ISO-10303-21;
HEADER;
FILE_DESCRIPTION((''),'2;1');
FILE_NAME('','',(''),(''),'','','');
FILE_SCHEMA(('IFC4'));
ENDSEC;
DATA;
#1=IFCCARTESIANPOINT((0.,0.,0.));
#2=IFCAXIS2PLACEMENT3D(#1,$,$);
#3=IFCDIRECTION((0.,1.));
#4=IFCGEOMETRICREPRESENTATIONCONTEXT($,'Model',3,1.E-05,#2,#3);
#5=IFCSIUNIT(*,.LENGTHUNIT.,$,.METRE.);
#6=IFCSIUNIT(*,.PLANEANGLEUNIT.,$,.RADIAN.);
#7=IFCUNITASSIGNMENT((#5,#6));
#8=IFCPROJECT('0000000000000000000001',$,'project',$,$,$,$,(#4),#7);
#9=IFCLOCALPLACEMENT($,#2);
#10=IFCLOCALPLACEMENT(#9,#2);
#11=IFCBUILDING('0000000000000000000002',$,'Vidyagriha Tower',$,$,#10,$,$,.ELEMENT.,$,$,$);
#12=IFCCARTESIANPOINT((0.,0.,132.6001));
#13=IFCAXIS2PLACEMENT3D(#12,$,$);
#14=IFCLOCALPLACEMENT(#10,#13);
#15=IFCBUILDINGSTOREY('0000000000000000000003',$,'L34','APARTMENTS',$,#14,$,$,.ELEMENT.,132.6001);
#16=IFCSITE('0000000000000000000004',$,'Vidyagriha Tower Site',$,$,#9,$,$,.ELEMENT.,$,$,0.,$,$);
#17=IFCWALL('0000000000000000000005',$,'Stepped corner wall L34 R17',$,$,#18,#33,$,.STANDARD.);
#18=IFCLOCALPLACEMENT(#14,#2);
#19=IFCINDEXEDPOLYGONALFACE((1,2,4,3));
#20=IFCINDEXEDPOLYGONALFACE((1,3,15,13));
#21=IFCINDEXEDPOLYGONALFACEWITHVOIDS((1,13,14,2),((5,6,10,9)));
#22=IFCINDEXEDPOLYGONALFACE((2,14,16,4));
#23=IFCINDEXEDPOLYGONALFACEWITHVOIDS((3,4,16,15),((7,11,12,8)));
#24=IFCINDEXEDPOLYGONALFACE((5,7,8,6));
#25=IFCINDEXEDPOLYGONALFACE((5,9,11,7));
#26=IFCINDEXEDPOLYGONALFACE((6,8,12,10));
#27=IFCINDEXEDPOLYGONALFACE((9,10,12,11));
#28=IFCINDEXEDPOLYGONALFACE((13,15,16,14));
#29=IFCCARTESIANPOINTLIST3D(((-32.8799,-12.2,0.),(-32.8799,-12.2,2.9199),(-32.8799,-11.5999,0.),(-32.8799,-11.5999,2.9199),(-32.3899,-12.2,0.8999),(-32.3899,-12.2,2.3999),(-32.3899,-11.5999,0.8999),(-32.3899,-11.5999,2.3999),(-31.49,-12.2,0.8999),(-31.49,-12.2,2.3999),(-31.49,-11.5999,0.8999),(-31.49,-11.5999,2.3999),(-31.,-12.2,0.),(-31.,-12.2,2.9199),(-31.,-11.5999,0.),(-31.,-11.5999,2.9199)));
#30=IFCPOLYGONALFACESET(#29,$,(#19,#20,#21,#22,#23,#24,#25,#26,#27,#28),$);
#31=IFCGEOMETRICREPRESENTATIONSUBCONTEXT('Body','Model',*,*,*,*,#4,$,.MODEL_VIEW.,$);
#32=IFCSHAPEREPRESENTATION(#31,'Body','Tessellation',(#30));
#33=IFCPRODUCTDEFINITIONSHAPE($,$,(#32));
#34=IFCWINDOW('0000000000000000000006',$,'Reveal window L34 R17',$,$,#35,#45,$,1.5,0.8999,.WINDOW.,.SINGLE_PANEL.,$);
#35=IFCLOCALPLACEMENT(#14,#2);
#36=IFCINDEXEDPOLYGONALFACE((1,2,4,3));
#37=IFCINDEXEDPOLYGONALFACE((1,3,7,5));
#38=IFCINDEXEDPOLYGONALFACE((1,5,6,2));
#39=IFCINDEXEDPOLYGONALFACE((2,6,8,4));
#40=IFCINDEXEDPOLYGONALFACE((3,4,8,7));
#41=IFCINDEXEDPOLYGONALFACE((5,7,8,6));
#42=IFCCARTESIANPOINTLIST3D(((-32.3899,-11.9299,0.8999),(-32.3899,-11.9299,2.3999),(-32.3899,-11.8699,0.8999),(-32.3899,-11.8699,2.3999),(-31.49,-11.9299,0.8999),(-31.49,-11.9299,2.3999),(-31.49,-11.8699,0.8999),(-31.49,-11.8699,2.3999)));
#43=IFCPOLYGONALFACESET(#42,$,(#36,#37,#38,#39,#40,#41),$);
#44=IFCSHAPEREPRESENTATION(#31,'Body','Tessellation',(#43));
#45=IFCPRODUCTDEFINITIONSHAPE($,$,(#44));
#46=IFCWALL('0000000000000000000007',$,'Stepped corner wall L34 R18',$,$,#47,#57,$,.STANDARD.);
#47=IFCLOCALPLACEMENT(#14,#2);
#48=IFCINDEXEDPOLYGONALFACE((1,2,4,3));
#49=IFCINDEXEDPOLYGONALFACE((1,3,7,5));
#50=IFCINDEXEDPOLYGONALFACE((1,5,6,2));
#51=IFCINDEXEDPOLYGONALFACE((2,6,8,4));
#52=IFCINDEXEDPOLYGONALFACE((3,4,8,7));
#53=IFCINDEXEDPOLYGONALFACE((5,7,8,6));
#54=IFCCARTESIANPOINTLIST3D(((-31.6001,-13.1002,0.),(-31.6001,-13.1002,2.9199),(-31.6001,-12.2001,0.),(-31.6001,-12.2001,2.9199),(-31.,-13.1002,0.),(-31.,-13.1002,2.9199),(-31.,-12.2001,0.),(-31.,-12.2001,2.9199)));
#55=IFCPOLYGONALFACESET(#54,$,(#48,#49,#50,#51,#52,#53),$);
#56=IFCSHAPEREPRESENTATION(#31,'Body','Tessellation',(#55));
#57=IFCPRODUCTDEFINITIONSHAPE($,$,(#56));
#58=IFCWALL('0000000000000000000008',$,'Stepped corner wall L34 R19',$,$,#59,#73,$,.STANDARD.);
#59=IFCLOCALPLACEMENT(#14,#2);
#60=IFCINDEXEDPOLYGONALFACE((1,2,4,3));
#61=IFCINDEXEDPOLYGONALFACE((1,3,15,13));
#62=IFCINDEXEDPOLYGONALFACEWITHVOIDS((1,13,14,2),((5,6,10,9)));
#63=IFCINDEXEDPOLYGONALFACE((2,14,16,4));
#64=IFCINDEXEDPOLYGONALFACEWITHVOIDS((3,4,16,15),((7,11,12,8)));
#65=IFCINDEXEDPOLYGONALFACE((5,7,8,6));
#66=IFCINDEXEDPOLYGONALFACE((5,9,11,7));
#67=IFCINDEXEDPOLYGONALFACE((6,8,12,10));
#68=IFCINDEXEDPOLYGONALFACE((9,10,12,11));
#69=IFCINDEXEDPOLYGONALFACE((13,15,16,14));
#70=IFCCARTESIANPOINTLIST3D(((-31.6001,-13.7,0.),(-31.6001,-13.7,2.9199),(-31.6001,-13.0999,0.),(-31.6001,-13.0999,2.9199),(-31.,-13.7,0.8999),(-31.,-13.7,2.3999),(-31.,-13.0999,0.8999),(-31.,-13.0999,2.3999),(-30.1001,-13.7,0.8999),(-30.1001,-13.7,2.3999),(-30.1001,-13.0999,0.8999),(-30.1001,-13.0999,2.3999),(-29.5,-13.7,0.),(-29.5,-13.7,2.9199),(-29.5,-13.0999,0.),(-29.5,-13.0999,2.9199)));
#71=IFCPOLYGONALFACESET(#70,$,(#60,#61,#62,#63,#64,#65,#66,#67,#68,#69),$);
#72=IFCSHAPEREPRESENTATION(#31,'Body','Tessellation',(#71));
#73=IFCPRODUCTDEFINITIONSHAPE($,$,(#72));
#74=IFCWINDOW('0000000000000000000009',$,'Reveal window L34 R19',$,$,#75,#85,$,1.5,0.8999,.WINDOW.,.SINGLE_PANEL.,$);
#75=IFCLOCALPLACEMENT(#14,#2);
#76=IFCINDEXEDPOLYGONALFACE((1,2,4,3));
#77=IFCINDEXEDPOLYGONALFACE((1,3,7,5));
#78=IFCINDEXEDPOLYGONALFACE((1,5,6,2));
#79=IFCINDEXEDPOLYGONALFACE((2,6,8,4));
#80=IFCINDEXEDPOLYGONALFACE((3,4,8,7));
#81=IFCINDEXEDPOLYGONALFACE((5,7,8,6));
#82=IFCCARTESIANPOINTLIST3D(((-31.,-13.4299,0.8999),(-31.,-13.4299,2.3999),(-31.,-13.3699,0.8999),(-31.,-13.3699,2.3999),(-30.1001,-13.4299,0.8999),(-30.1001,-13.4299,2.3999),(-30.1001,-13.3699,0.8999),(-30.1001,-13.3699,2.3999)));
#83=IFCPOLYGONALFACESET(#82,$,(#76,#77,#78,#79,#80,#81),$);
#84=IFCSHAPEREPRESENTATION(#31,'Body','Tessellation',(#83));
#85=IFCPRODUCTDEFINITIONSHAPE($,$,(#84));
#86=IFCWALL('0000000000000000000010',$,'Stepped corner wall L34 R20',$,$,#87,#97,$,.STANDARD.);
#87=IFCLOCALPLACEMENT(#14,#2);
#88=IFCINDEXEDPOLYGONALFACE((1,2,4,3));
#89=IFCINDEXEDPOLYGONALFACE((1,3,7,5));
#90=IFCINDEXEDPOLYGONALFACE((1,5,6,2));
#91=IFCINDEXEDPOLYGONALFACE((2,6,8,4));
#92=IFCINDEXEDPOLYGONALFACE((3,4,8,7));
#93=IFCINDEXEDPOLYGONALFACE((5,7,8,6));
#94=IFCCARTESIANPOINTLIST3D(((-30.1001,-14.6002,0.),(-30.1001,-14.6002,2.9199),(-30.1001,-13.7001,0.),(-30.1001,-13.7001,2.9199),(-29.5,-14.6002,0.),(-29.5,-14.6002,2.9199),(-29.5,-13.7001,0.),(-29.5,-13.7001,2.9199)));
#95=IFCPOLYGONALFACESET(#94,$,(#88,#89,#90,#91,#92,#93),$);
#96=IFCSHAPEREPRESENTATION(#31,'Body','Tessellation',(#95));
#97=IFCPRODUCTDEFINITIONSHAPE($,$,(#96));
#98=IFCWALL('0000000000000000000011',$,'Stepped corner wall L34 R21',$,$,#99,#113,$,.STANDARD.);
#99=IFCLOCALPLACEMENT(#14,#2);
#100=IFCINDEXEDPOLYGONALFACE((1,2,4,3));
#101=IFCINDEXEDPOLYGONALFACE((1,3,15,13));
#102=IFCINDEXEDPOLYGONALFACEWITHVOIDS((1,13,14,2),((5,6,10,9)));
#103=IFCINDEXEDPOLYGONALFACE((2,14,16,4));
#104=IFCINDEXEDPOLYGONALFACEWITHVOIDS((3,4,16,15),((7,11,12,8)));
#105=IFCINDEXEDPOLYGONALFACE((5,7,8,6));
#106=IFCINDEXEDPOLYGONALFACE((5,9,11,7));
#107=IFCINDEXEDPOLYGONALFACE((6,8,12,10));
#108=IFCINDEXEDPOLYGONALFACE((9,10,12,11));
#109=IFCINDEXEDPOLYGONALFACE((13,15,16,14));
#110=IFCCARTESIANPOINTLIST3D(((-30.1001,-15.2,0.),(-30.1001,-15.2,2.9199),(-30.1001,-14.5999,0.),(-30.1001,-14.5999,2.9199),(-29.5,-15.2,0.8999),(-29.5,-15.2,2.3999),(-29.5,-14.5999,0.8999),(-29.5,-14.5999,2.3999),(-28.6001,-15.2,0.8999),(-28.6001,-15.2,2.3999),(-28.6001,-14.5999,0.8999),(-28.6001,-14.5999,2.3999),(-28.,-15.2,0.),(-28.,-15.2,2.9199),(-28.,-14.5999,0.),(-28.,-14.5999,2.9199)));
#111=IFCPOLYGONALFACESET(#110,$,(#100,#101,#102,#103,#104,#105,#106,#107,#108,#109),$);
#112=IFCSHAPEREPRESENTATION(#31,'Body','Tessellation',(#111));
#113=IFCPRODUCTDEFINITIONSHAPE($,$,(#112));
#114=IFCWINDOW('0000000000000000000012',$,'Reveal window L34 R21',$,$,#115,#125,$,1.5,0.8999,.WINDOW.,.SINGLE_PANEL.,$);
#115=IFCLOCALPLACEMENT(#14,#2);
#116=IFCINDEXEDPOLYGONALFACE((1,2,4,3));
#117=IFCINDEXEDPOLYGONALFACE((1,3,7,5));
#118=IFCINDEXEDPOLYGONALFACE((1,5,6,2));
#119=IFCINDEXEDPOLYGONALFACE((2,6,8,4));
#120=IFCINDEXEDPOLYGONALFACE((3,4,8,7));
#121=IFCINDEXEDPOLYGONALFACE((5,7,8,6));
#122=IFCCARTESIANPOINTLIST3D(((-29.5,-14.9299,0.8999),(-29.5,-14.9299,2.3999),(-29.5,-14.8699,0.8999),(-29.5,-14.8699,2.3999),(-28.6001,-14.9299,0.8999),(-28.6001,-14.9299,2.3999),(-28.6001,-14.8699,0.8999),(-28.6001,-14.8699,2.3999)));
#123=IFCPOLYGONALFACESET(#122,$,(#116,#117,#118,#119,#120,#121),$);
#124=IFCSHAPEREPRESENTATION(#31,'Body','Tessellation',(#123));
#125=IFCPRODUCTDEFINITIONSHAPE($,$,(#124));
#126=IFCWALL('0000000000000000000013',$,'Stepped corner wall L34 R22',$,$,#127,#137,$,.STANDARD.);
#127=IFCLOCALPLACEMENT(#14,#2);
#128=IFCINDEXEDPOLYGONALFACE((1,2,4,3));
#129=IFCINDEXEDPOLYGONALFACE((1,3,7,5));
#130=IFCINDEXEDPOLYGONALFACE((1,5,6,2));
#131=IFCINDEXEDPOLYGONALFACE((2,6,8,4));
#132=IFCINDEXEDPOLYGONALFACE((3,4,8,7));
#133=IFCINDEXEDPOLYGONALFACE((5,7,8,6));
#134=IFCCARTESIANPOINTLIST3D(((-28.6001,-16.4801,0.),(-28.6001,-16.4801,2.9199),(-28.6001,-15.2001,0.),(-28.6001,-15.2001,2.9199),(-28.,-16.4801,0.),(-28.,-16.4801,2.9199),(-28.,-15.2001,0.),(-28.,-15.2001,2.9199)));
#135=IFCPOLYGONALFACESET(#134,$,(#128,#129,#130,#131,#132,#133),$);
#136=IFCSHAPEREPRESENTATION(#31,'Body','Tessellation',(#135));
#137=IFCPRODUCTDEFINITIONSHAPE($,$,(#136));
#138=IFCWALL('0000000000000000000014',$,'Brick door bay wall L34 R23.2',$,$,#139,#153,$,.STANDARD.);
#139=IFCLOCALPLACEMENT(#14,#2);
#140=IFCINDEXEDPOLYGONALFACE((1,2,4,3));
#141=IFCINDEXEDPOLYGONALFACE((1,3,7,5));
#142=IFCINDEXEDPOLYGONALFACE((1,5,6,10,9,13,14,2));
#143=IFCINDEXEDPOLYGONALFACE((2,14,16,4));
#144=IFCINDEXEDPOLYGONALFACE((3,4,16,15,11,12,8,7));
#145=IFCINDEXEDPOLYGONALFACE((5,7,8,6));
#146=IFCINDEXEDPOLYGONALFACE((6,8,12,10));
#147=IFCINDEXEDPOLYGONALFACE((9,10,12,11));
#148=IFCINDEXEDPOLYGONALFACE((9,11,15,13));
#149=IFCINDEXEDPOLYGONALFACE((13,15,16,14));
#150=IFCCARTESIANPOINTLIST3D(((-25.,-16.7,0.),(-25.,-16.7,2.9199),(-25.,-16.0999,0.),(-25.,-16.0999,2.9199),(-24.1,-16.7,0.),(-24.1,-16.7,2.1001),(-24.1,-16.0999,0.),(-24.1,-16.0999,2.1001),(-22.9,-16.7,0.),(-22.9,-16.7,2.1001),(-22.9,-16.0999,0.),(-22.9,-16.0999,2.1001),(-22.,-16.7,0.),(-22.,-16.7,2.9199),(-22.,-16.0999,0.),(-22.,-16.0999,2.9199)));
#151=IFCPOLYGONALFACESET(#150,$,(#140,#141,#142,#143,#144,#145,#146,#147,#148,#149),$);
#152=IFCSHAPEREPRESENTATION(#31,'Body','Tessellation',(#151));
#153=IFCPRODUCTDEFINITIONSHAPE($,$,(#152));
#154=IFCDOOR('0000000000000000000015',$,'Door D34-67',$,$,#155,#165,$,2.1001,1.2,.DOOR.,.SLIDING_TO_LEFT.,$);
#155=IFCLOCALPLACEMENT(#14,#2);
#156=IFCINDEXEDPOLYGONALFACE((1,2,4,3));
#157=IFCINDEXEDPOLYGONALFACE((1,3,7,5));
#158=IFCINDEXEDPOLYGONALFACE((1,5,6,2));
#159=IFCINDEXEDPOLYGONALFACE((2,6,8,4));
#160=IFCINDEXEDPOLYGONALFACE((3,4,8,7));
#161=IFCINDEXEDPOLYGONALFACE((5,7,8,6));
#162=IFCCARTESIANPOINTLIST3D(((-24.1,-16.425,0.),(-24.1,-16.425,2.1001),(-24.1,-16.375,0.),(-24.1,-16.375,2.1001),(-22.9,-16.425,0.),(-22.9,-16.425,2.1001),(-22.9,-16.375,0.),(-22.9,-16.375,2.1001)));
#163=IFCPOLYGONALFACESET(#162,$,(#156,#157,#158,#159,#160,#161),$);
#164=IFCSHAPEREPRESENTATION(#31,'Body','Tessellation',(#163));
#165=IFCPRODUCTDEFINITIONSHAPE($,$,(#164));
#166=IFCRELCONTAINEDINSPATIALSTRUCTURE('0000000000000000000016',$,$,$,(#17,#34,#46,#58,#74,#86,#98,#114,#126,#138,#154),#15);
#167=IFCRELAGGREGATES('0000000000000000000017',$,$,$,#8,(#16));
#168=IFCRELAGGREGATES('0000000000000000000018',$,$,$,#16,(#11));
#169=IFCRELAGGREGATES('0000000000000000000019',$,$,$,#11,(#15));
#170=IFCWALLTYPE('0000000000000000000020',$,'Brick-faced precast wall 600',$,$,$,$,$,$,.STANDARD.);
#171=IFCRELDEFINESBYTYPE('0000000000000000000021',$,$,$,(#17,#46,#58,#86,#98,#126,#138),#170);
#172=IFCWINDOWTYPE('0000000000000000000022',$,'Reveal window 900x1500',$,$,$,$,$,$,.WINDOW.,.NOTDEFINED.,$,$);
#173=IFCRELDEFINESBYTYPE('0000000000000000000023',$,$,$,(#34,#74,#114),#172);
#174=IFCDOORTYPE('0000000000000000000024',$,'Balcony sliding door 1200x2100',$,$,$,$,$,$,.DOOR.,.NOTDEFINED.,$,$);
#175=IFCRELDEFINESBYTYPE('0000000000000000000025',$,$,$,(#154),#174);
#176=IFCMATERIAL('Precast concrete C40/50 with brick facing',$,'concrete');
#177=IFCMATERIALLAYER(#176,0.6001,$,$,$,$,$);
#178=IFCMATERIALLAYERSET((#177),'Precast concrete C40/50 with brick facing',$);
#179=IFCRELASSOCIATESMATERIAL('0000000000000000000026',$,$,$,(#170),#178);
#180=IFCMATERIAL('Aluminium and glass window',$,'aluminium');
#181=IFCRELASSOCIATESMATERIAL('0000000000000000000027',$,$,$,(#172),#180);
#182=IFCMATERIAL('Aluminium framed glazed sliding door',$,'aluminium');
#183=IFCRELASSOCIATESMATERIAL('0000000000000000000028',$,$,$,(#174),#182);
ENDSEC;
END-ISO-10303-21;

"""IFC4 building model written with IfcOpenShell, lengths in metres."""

from ifc_helpers import new_model, si_unit, direction, frame, frame_2d, origin, place, context, subcontext, project, spatial, rectangle, extrude, material, layer, layer_set, type_object, element, fill, save


model = new_model("IFC4")

# Units and contexts
model_context = context("Model", 3, precision=1e-05, world=origin(), true_north=direction((0.0, 1.0)))
body_context = subcontext(model_context, "Body", "Model", "MODEL_VIEW")
ifc_project = project(units=[si_unit("LENGTHUNIT", "METRE"), si_unit("PLANEANGLEUNIT", "RADIAN")], contexts=[model_context])

# Site, building, storey
site_placement = place(None, origin())
site = spatial("IfcSite", under=ifc_project, at=site_placement, Name="Vidyagriha Tower Site", CompositionType="ELEMENT", RefElevation=0.0)
building_placement = place(site_placement, origin())
building = spatial("IfcBuilding", under=site, at=building_placement, Name="Vidyagriha Tower", CompositionType="ELEMENT")
storey_placement = place(building_placement, frame((0.0, 0.0, 132.6001)))
storey = spatial("IfcBuildingStorey", under=building, at=storey_placement, Name="L34", Description="APARTMENTS", CompositionType="ELEMENT", Elevation=132.6001)

# Wall, opening, window
ifc_material_1 = material(Name="Precast concrete C40/50 with brick facing", Category="concrete")
ifc_layer_1 = layer(ifc_material_1, 0.6001)
ifc_layer_set_1 = layer_set([ifc_layer_1], Name="Precast concrete C40/50 with brick facing")
wall_type = type_object("IfcWallType", Name="Brick-faced precast wall 600", PredefinedType="STANDARD", material=ifc_layer_set_1)
wall_1_placement = place(storey_placement, frame((-32.8799, -11.8999, 0.0)))
wall_1 = element("IfcWall", 1, at=wall_1_placement, inside=storey, type_object=wall_type, Name="Stepped corner wall L34 R17", PredefinedType="STANDARD", context=body_context, shape_type="SweptSolid", body=[
    extrude(rectangle(XDim=1.8799, YDim=0.6001, at=frame_2d((0.9399, 0.0))), origin(), (0.0, 0.0, 1.0), 2.9199),
])
opening_1_placement = place(wall_1_placement, frame((0.49, 0.0, 0.8999)))
opening_1 = element("IfcOpeningElement", 2, at=opening_1_placement, cuts=wall_1, PredefinedType="OPENING", context=body_context, shape_type="SweptSolid", body=[
    extrude(rectangle(XDim=0.8999, YDim=1.5, at=frame_2d((0.45, 0.75))), frame((0.0, 0.3101, 0.0), z_axis=(0.0, -1.0, 0.0), x_axis=(1.0, 0.0, 0.0)), (0.0, 0.0, 1.0), 0.6201),
])
ifc_material_2 = material(Name="Aluminium and glass window", Category="aluminium")
window_type = type_object("IfcWindowType", Name="Reveal window 900x1500", PartitioningType="NOTDEFINED", PredefinedType="WINDOW", material=ifc_material_2)
window_1_placement = place(opening_1_placement, origin())
window_1 = element("IfcWindow", 3, at=window_1_placement, inside=storey, type_object=window_type, Name="Reveal window L34 R17", OverallHeight=1.5, OverallWidth=0.8999, PartitioningType="SINGLE_PANEL", PredefinedType="WINDOW", context=body_context, shape_type="SweptSolid", body=[
    extrude(rectangle(XDim=0.8999, YDim=1.5, at=frame_2d((0.45, 0.75))), frame((0.0, 0.03, 0.0), z_axis=(0.0, -1.0, 0.0), x_axis=(1.0, 0.0, 0.0)), (0.0, 0.0, 1.0), 0.0601),
])
fill(opening_1, window_1)

# Wall
wall_2_placement = place(storey_placement, frame((-31.3, -12.2, 0.0), z_axis=(0.0, 0.0, 1.0), x_axis=(0.0, -1.0, 0.0)))
element("IfcWall", 4, at=wall_2_placement, inside=storey, type_object=wall_type, Name="Stepped corner wall L34 R18", PredefinedType="STANDARD", context=body_context, shape_type="SweptSolid", body=[
    extrude(rectangle(XDim=0.9001, YDim=0.6001, at=frame_2d((0.4502, 0.0))), origin(), (0.0, 0.0, 1.0), 2.9199),
])

# Wall, opening, window
wall_3_placement = place(storey_placement, frame((-31.6001, -13.3999, 0.0)))
wall_3 = element("IfcWall", 5, at=wall_3_placement, inside=storey, type_object=wall_type, Name="Stepped corner wall L34 R19", PredefinedType="STANDARD", context=body_context, shape_type="SweptSolid", body=[
    extrude(rectangle(XDim=2.1001, YDim=0.6001, at=frame_2d((1.05, 0.0))), origin(), (0.0, 0.0, 1.0), 2.9199),
])
opening_2_placement = place(wall_3_placement, frame((0.6001, 0.0, 0.8999)))
opening_2 = element("IfcOpeningElement", 6, at=opening_2_placement, cuts=wall_3, PredefinedType="OPENING", context=body_context, shape_type="SweptSolid", body=[
    extrude(rectangle(XDim=0.8999, YDim=1.5, at=frame_2d((0.45, 0.75))), frame((0.0, 0.3101, 0.0), z_axis=(0.0, -1.0, 0.0), x_axis=(1.0, 0.0, 0.0)), (0.0, 0.0, 1.0), 0.6201),
])
window_2_placement = place(opening_2_placement, origin())
window_2 = element("IfcWindow", 7, at=window_2_placement, inside=storey, type_object=window_type, Name="Reveal window L34 R19", OverallHeight=1.5, OverallWidth=0.8999, PartitioningType="SINGLE_PANEL", PredefinedType="WINDOW", context=body_context, shape_type="SweptSolid", body=[
    extrude(rectangle(XDim=0.8999, YDim=1.5, at=frame_2d((0.45, 0.75))), frame((0.0, 0.03, 0.0), z_axis=(0.0, -1.0, 0.0), x_axis=(1.0, 0.0, 0.0)), (0.0, 0.0, 1.0), 0.0601),
])
fill(opening_2, window_2)

# Wall
wall_4_placement = place(storey_placement, frame((-29.8, -13.7, 0.0), z_axis=(0.0, 0.0, 1.0), x_axis=(0.0, -1.0, 0.0)))
element("IfcWall", 8, at=wall_4_placement, inside=storey, type_object=wall_type, Name="Stepped corner wall L34 R20", PredefinedType="STANDARD", context=body_context, shape_type="SweptSolid", body=[
    extrude(rectangle(XDim=0.9001, YDim=0.6001, at=frame_2d((0.4502, 0.0))), origin(), (0.0, 0.0, 1.0), 2.9199),
])

# Wall, opening, window
wall_5_placement = place(storey_placement, frame((-30.1001, -14.8999, 0.0)))
wall_5 = element("IfcWall", 9, at=wall_5_placement, inside=storey, type_object=wall_type, Name="Stepped corner wall L34 R21", PredefinedType="STANDARD", context=body_context, shape_type="SweptSolid", body=[
    extrude(rectangle(XDim=2.1001, YDim=0.6001, at=frame_2d((1.05, 0.0))), origin(), (0.0, 0.0, 1.0), 2.9199),
])
opening_3_placement = place(wall_5_placement, frame((0.6001, 0.0, 0.8999)))
opening_3 = element("IfcOpeningElement", 10, at=opening_3_placement, cuts=wall_5, PredefinedType="OPENING", context=body_context, shape_type="SweptSolid", body=[
    extrude(rectangle(XDim=0.8999, YDim=1.5, at=frame_2d((0.45, 0.75))), frame((0.0, 0.3101, 0.0), z_axis=(0.0, -1.0, 0.0), x_axis=(1.0, 0.0, 0.0)), (0.0, 0.0, 1.0), 0.6201),
])
window_3_placement = place(opening_3_placement, origin())
window_3 = element("IfcWindow", 11, at=window_3_placement, inside=storey, type_object=window_type, Name="Reveal window L34 R21", OverallHeight=1.5, OverallWidth=0.8999, PartitioningType="SINGLE_PANEL", PredefinedType="WINDOW", context=body_context, shape_type="SweptSolid", body=[
    extrude(rectangle(XDim=0.8999, YDim=1.5, at=frame_2d((0.45, 0.75))), frame((0.0, 0.03, 0.0), z_axis=(0.0, -1.0, 0.0), x_axis=(1.0, 0.0, 0.0)), (0.0, 0.0, 1.0), 0.0601),
])
fill(opening_3, window_3)

# Wall
wall_6_placement = place(storey_placement, frame((-28.3, -15.2, 0.0), z_axis=(0.0, 0.0, 1.0), x_axis=(0.0, -1.0, 0.0)))
element("IfcWall", 12, at=wall_6_placement, inside=storey, type_object=wall_type, Name="Stepped corner wall L34 R22", PredefinedType="STANDARD", context=body_context, shape_type="SweptSolid", body=[
    extrude(rectangle(XDim=1.28, YDim=0.6001, at=frame_2d((0.6401, 0.0))), origin(), (0.0, 0.0, 1.0), 2.9199),
])

# Wall, opening, door
wall_7_placement = place(storey_placement, frame((-25.0, -16.3999, 0.0)))
wall_7 = element("IfcWall", 13, at=wall_7_placement, inside=storey, type_object=wall_type, Name="Brick door bay wall L34 R23.2", PredefinedType="STANDARD", context=body_context, shape_type="SweptSolid", body=[
    extrude(rectangle(XDim=3.0, YDim=0.6001, at=frame_2d((1.5, 0.0))), origin(), (0.0, 0.0, 1.0), 2.9199),
])
opening_4_placement = place(wall_7_placement, frame((0.8999, 0.0, 0.0)))
opening_4 = element("IfcOpeningElement", 14, at=opening_4_placement, cuts=wall_7, PredefinedType="OPENING", context=body_context, shape_type="SweptSolid", body=[
    extrude(rectangle(XDim=1.2, YDim=2.1001, at=frame_2d((0.6001, 1.05))), frame((0.0, 0.3101, 0.0), z_axis=(0.0, -1.0, 0.0), x_axis=(1.0, 0.0, 0.0)), (0.0, 0.0, 1.0), 0.6201),
])
ifc_material_3 = material(Name="Aluminium framed glazed sliding door", Category="aluminium")
door_type = type_object("IfcDoorType", Name="Balcony sliding door 1200x2100", OperationType="NOTDEFINED", PredefinedType="DOOR", material=ifc_material_3)
door_placement = place(opening_4_placement, origin())
door = element("IfcDoor", 15, at=door_placement, inside=storey, type_object=door_type, Name="Door D34-67", OperationType="SLIDING_TO_LEFT", OverallHeight=2.1001, OverallWidth=1.2, PredefinedType="DOOR", context=body_context, shape_type="SweptSolid", body=[
    extrude(rectangle(XDim=1.2, YDim=2.1001, at=frame_2d((0.6001, 1.05))), frame((0.0, 0.0249, 0.0), z_axis=(0.0, -1.0, 0.0), x_axis=(1.0, 0.0, 0.0)), (0.0, 0.0, 1.0), 0.05),
])
fill(opening_4, door)

save(model, "model.ifc")
